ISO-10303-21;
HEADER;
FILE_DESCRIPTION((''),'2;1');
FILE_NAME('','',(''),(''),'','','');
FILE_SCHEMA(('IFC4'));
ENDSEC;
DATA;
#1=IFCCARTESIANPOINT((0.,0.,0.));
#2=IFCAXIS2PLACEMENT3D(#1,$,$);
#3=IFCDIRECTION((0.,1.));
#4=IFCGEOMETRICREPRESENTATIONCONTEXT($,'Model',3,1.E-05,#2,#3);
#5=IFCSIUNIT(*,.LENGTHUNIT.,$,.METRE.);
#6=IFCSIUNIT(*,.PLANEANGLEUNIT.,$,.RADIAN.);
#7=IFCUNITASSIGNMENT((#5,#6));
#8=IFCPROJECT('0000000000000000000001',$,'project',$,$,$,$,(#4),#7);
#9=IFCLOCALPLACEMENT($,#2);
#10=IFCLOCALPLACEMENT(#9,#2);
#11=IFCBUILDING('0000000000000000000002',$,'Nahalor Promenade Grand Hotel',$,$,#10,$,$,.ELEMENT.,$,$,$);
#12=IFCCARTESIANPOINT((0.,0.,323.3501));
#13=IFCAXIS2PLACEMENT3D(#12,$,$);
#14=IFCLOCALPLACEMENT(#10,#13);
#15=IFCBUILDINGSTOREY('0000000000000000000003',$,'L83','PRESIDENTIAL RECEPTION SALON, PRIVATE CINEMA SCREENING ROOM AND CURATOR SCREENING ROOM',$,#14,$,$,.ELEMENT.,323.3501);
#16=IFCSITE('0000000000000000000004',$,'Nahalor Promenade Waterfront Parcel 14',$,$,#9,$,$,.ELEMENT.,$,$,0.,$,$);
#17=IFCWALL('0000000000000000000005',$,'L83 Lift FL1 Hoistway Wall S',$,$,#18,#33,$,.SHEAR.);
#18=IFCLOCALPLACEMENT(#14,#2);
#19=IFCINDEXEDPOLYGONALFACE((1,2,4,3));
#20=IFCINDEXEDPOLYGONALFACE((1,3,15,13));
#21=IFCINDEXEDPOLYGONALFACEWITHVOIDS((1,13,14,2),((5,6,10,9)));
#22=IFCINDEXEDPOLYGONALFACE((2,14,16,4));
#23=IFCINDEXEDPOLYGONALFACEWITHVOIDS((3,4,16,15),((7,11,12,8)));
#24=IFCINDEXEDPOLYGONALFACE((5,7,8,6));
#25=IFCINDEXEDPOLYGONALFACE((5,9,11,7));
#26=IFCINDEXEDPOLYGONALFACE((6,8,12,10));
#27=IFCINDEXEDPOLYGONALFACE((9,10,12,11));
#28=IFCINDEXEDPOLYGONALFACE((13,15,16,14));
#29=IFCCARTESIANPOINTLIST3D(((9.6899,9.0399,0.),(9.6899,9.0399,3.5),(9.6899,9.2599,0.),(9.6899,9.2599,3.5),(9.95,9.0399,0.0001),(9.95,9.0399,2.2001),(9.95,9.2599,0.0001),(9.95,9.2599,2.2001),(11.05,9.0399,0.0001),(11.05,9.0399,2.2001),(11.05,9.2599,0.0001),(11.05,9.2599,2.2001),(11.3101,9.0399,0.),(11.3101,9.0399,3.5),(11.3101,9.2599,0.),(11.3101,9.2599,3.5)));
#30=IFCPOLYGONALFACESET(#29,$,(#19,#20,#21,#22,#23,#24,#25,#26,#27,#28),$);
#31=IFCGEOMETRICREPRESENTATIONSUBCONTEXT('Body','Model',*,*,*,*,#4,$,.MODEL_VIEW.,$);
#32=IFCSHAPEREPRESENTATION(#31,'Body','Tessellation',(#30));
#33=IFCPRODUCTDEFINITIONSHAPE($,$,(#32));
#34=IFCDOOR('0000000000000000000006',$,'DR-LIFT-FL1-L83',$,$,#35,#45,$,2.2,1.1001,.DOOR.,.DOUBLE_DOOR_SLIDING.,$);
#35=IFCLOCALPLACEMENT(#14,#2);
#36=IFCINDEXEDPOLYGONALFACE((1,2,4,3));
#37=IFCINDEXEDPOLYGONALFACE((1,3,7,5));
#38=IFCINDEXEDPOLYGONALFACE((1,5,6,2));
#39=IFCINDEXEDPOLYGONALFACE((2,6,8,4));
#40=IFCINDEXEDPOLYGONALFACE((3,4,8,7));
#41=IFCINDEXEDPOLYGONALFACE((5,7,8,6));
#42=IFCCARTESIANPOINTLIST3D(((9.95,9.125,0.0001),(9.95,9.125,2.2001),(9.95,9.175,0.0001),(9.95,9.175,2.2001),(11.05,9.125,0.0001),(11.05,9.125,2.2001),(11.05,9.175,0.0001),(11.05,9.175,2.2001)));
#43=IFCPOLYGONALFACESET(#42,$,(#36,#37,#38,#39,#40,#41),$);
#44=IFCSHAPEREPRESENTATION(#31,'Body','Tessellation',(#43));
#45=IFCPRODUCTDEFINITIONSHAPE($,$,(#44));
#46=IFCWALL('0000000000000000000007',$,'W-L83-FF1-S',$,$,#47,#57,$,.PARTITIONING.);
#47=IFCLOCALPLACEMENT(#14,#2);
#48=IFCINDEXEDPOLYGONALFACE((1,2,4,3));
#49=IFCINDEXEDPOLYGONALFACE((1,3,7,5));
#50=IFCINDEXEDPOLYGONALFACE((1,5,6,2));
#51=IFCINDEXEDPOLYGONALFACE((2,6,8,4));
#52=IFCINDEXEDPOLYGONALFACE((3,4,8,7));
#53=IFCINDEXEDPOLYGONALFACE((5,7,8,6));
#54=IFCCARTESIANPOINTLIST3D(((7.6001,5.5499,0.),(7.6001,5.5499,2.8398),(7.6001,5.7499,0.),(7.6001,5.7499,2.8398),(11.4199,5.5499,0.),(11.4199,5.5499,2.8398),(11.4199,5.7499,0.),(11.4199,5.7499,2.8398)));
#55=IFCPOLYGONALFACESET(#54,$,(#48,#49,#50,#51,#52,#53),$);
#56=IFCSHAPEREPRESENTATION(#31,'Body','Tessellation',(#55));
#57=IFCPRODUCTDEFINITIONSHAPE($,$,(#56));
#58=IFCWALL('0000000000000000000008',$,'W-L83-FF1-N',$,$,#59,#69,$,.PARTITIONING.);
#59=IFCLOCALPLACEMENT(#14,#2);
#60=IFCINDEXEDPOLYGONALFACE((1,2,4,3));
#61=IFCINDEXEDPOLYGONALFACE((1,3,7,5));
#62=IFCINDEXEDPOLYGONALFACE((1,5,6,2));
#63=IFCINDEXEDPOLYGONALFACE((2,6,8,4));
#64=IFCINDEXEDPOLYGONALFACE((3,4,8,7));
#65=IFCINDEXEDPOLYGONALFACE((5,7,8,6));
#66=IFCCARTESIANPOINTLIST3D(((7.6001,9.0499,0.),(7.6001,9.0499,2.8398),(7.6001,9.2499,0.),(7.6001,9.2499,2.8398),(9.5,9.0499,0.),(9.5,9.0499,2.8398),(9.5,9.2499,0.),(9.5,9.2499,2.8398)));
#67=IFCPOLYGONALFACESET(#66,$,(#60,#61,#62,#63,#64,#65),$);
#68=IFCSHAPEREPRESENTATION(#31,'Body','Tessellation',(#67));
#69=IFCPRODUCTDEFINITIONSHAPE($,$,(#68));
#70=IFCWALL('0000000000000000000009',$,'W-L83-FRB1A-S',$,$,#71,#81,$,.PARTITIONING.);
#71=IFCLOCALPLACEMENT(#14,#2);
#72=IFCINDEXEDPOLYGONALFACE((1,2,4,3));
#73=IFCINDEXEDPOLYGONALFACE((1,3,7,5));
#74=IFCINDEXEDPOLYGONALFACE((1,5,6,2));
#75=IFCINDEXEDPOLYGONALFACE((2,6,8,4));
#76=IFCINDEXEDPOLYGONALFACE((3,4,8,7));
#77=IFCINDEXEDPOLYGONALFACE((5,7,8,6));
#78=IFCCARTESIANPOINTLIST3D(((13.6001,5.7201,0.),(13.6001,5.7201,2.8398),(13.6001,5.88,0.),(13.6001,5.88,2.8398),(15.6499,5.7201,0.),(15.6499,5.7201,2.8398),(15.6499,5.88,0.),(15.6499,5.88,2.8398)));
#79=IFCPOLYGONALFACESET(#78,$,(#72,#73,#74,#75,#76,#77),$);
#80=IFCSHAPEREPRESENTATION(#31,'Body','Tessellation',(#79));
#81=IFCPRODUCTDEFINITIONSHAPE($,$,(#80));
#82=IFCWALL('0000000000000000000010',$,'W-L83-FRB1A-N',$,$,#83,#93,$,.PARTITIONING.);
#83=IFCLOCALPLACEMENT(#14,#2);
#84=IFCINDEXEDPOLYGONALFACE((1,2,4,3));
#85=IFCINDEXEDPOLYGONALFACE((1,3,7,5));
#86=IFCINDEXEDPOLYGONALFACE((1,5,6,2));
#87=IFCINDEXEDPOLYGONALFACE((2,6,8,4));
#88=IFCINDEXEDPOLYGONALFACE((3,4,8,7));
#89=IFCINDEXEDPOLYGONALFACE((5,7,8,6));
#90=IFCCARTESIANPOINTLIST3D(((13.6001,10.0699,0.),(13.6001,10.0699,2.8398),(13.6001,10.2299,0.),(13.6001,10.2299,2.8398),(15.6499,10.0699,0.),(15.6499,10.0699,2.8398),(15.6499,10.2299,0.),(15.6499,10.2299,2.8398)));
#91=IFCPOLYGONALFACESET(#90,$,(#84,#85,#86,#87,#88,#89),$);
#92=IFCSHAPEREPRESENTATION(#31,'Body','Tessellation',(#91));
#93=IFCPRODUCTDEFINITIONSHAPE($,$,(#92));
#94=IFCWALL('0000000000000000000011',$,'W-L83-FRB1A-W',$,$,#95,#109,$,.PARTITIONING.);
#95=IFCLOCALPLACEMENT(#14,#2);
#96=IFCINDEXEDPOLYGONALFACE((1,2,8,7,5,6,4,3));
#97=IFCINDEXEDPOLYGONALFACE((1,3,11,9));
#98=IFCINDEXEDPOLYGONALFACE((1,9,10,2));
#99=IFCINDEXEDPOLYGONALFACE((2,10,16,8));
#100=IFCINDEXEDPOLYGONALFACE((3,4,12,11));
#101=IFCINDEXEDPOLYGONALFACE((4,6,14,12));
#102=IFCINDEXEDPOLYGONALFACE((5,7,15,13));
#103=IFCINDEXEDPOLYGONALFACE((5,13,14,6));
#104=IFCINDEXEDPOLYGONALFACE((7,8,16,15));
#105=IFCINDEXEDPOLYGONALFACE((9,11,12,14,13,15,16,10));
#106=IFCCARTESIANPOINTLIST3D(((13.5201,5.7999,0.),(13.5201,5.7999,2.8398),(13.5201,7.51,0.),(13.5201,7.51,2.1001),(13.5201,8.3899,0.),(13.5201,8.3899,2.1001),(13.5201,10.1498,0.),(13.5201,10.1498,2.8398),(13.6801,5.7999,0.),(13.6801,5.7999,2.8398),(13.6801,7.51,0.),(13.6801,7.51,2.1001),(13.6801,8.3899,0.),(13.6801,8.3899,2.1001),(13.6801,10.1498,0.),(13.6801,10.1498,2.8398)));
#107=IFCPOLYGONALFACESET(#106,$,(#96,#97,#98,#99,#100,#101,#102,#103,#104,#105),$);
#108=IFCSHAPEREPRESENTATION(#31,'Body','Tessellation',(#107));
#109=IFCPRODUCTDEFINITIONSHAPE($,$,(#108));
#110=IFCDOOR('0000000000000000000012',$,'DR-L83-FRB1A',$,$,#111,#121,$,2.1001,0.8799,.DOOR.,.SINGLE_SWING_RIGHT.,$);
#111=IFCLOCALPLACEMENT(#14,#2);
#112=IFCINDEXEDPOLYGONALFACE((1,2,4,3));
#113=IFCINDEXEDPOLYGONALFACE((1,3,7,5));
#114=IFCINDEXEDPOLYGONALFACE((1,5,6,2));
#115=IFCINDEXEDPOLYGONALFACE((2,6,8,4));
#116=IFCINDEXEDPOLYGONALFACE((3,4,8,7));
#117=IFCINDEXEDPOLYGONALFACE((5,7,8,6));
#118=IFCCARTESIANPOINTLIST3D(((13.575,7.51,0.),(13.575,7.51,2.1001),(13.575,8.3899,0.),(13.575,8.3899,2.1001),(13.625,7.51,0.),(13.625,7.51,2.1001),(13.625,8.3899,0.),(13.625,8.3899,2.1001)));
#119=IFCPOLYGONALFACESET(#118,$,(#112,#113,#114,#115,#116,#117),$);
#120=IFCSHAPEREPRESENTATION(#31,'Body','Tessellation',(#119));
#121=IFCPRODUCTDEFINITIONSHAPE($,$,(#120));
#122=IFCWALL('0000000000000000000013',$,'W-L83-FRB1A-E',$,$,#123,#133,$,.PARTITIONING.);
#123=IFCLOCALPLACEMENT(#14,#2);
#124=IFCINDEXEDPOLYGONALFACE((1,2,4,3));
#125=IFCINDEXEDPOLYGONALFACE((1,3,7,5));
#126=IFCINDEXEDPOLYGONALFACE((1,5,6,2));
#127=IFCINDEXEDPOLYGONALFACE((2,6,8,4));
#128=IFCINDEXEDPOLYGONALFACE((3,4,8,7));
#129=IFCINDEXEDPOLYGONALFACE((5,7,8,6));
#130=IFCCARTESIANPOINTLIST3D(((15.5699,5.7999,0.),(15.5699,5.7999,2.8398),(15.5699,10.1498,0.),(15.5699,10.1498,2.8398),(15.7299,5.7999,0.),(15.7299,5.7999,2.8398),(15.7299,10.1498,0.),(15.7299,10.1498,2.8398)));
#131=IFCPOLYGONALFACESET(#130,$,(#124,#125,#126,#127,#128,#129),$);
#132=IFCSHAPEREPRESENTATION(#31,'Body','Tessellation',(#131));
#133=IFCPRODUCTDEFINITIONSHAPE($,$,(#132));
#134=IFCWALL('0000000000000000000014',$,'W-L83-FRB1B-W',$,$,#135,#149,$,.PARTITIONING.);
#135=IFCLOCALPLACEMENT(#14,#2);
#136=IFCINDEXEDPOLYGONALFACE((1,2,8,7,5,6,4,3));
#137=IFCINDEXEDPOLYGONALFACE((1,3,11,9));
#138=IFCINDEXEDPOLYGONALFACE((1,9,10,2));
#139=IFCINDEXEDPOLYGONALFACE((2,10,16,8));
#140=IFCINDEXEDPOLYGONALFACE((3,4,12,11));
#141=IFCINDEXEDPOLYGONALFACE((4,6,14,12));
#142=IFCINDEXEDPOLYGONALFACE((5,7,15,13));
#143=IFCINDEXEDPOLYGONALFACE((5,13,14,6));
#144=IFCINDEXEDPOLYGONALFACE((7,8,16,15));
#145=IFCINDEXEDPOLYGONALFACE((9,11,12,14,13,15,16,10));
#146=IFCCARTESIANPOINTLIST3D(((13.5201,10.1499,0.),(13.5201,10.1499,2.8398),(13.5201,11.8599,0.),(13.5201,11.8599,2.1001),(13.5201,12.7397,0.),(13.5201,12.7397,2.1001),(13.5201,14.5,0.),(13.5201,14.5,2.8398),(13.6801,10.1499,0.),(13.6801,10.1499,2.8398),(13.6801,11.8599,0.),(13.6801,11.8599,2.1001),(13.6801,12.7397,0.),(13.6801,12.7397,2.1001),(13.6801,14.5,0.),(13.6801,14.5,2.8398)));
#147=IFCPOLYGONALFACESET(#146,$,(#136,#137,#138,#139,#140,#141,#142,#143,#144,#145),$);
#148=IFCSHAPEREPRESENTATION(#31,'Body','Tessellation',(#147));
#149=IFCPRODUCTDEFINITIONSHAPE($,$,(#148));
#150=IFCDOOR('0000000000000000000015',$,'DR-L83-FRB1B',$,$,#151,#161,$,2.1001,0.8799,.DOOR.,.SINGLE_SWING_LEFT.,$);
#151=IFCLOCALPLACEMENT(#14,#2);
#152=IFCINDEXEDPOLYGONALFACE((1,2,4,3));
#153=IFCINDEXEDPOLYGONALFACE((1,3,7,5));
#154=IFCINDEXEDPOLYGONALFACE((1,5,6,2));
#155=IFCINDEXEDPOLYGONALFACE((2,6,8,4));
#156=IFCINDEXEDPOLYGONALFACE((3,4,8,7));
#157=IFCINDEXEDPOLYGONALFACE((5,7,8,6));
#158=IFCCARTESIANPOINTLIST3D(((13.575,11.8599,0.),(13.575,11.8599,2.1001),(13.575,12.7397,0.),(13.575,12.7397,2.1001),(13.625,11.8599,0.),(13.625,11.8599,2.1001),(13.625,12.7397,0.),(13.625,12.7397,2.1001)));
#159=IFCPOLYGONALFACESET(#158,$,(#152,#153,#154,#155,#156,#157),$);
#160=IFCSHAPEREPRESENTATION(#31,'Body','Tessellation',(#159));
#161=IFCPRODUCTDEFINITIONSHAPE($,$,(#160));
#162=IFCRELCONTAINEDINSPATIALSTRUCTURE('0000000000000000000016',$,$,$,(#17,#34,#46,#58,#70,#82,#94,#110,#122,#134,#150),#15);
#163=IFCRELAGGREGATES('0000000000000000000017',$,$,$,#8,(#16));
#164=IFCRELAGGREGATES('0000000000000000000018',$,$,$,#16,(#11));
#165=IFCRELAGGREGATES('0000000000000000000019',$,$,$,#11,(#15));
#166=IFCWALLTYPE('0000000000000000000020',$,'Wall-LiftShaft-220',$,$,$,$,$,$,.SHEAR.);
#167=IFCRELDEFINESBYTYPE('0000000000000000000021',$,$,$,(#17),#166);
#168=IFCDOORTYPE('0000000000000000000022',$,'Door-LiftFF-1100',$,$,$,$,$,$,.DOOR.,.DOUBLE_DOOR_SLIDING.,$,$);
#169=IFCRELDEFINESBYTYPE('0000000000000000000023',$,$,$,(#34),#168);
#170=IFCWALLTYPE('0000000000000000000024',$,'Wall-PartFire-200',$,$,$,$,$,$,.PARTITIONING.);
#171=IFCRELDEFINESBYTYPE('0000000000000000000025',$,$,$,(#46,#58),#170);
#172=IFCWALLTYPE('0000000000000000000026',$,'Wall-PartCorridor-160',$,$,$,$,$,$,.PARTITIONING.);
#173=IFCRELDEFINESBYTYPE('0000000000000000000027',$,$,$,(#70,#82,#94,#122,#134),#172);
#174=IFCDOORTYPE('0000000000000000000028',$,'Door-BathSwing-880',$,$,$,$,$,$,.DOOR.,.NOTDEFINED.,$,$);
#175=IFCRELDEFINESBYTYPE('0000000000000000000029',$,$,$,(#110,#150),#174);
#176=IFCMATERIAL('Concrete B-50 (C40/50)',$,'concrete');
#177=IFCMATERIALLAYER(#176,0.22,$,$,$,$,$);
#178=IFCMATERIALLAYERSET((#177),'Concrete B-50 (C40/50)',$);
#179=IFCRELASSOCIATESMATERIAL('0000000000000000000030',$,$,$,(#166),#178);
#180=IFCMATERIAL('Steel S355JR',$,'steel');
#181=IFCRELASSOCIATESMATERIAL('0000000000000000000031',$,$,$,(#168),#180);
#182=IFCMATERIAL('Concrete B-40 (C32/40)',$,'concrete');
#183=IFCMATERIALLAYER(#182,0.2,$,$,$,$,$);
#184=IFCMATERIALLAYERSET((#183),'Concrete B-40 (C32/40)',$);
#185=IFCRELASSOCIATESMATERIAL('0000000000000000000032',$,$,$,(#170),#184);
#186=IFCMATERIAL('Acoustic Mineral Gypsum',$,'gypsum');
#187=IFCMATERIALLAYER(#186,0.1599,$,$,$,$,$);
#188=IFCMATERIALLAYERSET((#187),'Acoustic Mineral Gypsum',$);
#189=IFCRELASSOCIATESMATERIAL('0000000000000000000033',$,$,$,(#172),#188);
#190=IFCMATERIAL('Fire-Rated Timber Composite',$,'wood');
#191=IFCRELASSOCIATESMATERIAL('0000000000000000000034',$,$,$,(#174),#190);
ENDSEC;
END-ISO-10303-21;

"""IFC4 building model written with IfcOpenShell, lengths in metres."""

from ifc_helpers import new_model, si_unit, direction, frame, frame_2d, origin, place, context, subcontext, project, spatial, rectangle, extrude, source, transform, mapped, material, layer, layer_set, type_object, element, fill, save


model = new_model("IFC4")

# Units and contexts
model_context = context("Model", 3, precision=1e-05, world=origin(), true_north=direction((0.0, 1.0)))
body_context = subcontext(model_context, "Body", "Model", "MODEL_VIEW")
ifc_project = project(units=[si_unit("LENGTHUNIT", "METRE"), si_unit("PLANEANGLEUNIT", "RADIAN")], contexts=[model_context])

# Site, building, storey
site_placement = place(None, origin())
site = spatial("IfcSite", under=ifc_project, at=site_placement, Name="Nahalor Promenade Waterfront Parcel 14", CompositionType="ELEMENT", RefElevation=0.0)
building_placement = place(site_placement, origin())
building = spatial("IfcBuilding", under=site, at=building_placement, Name="Nahalor Promenade Grand Hotel", CompositionType="ELEMENT")
storey_placement = place(building_placement, frame((0.0, 0.0, 323.3501)))
storey = spatial("IfcBuildingStorey", under=building, at=storey_placement, Name="L83", Description="PRESIDENTIAL RECEPTION SALON, PRIVATE CINEMA SCREENING ROOM AND CURATOR SCREENING ROOM", CompositionType="ELEMENT", Elevation=323.3501)

# Shared definitions
ifc_material_1 = material(Name="Steel S355JR", Category="steel")

# Shared definitions
ifc_material_2 = material(Name="Concrete B-50 (C40/50)", Category="concrete")

# Shared definitions
ifc_layer_1 = layer(ifc_material_2, 0.22)
ifc_layer_set_1 = layer_set([ifc_layer_1], Name="Concrete B-50 (C40/50)")
wall_type_1 = type_object("IfcWallType", Name="Wall-LiftShaft-220", PredefinedType="SHEAR", material=ifc_layer_set_1)

# Wall, opening, door
shared_shape_1 = source(origin(), body_context, "Body", "SweptSolid", [
    extrude(rectangle(XDim=1.6201, YDim=0.22, at=frame_2d((0.8101, 0.0))), origin(), (0.0, 0.0, 1.0), 3.5),
])
wall_1_placement = place(storey_placement, frame((9.6899, 9.1499, 0.0), z_axis=(0.0, 0.0, 1.0), x_axis=(1.0, 0.0, 0.0)))
wall_1 = element("IfcWall", 1, at=wall_1_placement, inside=storey, type_object=wall_type_1, Name="L83 Lift FL1 Hoistway Wall S", PredefinedType="SHEAR", context=body_context, shape_type="MappedRepresentation", body=[
    mapped(shared_shape_1, transform((0.0, 0.0, 0.0), scale=1.0)),
])
opening_1_placement = place(wall_1_placement, frame((0.26, 0.0, 0.0)))
opening_1 = element("IfcOpeningElement", 2, at=opening_1_placement, cuts=wall_1, PredefinedType="OPENING", context=body_context, shape_type="SweptSolid", body=[
    extrude(rectangle(XDim=1.1001, YDim=2.2, at=frame_2d((0.55, 1.1001))), frame((0.0, 0.1199, 0.0), z_axis=(0.0, -1.0, 0.0), x_axis=(1.0, 0.0, 0.0)), (0.0, 0.0, 1.0), 0.24),
])
door_type_1 = type_object("IfcDoorType", Name="Door-LiftFF-1100", OperationType="DOUBLE_DOOR_SLIDING", PredefinedType="DOOR", material=ifc_material_1)
shared_shape_2 = source(origin(), body_context, "Body", "SweptSolid", [
    extrude(rectangle(XDim=1.1001, YDim=2.2, at=frame_2d((0.55, 1.1001))), frame((0.0, 0.0249, 0.0), z_axis=(0.0, -1.0, 0.0), x_axis=(1.0, 0.0, 0.0)), (0.0, 0.0, 1.0), 0.05),
])
door_1_placement = place(opening_1_placement, frame((1.1001, 0.0, 0.0), z_axis=(0.0, 0.0, 1.0), x_axis=(-1.0, 0.0, 0.0)))
door_1 = element("IfcDoor", 3, at=door_1_placement, inside=storey, type_object=door_type_1, Name="DR-LIFT-FL1-L83", OperationType="DOUBLE_DOOR_SLIDING", OverallHeight=2.2, OverallWidth=1.1001, PredefinedType="DOOR", context=body_context, shape_type="MappedRepresentation", body=[
    mapped(shared_shape_2, transform((0.0, 0.0, 0.0), scale=1.0)),
])
fill(opening_1, door_1)

# Walls
ifc_material_3 = material(Name="Concrete B-40 (C32/40)", Category="concrete")
ifc_layer_2 = layer(ifc_material_3, 0.2)
ifc_layer_set_2 = layer_set([ifc_layer_2], Name="Concrete B-40 (C32/40)")
wall_type_2 = type_object("IfcWallType", Name="Wall-PartFire-200", PredefinedType="PARTITIONING", material=ifc_layer_set_2)
shared_shape_3 = source(origin(), body_context, "Body", "SweptSolid", [
    extrude(rectangle(XDim=3.8198, YDim=0.2, at=frame_2d((1.9099, 0.0))), origin(), (0.0, 0.0, 1.0), 2.8398),
])
wall_2_placement = place(storey_placement, frame((7.6001, 5.6499, 0.0), z_axis=(0.0, 0.0, 1.0), x_axis=(1.0, 0.0, 0.0)))
element("IfcWall", 4, at=wall_2_placement, inside=storey, type_object=wall_type_2, Name="W-L83-FF1-S", PredefinedType="PARTITIONING", context=body_context, shape_type="MappedRepresentation", body=[
    mapped(shared_shape_3, transform((0.0, 0.0, 0.0), scale=1.0)),
])
shared_shape_4 = source(origin(), body_context, "Body", "SweptSolid", [
    extrude(rectangle(XDim=1.8999, YDim=0.2, at=frame_2d((0.95, 0.0))), origin(), (0.0, 0.0, 1.0), 2.8398),
])
wall_3_placement = place(storey_placement, frame((7.6001, 9.1499, 0.0), z_axis=(0.0, 0.0, 1.0), x_axis=(1.0, 0.0, 0.0)))
element("IfcWall", 5, at=wall_3_placement, inside=storey, type_object=wall_type_2, Name="W-L83-FF1-N", PredefinedType="PARTITIONING", context=body_context, shape_type="MappedRepresentation", body=[
    mapped(shared_shape_4, transform((0.0, 0.0, 0.0), scale=1.0)),
])

# Walls
ifc_material_4 = material(Name="Acoustic Mineral Gypsum", Category="gypsum")
ifc_layer_3 = layer(ifc_material_4, 0.1599)
ifc_layer_set_3 = layer_set([ifc_layer_3], Name="Acoustic Mineral Gypsum")
wall_type_3 = type_object("IfcWallType", Name="Wall-PartCorridor-160", PredefinedType="PARTITIONING", material=ifc_layer_set_3)
shared_shape_5 = source(origin(), body_context, "Body", "SweptSolid", [
    extrude(rectangle(XDim=2.0498, YDim=0.1599, at=frame_2d((1.0249, 0.0))), origin(), (0.0, 0.0, 1.0), 2.8398),
])
for number, where, z_axis, x_axis, name in (
    (6, (13.6001, 5.8, 0.0), (0.0, 0.0, 1.0), (1.0, 0.0, 0.0), "W-L83-FRB1A-S"),
    (7, (13.6001, 10.1499, 0.0), (0.0, 0.0, 1.0), (1.0, 0.0, 0.0), "W-L83-FRB1A-N"),
):
    element("IfcWall", number, at=place(storey_placement, frame(where, z_axis=z_axis, x_axis=x_axis)), inside=storey, type_object=wall_type_3, Name=name, PredefinedType="PARTITIONING", context=body_context, shape_type="MappedRepresentation", body=[
        mapped(shared_shape_5, transform((0.0, 0.0, 0.0), scale=1.0)),
    ])

# Wall, opening, door
shared_shape_6 = source(origin(), body_context, "Body", "SweptSolid", [
    extrude(rectangle(XDim=4.3499, YDim=0.1599, at=frame_2d((2.1748, 0.0))), origin(), (0.0, 0.0, 1.0), 2.8398),
])
wall_4_placement = place(storey_placement, frame((13.6001, 5.8, 0.0), z_axis=(0.0, 0.0, 1.0), x_axis=(0.0, 1.0, 0.0)))
wall_4 = element("IfcWall", 8, at=wall_4_placement, inside=storey, type_object=wall_type_3, Name="W-L83-FRB1A-W", PredefinedType="PARTITIONING", context=body_context, shape_type="MappedRepresentation", body=[
    mapped(shared_shape_6, transform((0.0, 0.0, 0.0), scale=1.0)),
])
opening_2_placement = place(wall_4_placement, frame((1.71, 0.0, 0.0)))
opening_2 = element("IfcOpeningElement", 9, at=opening_2_placement, cuts=wall_4, PredefinedType="OPENING", context=body_context, shape_type="SweptSolid", body=[
    extrude(rectangle(XDim=0.8799, YDim=2.1001, at=frame_2d((0.4399, 1.05))), frame((0.0, 0.0898, 0.0), z_axis=(0.0, -1.0, 0.0), x_axis=(1.0, 0.0, 0.0)), (0.0, 0.0, 1.0), 0.1799),
])
ifc_material_5 = material(Name="Fire-Rated Timber Composite", Category="wood")
door_type_2 = type_object("IfcDoorType", Name="Door-BathSwing-880", OperationType="NOTDEFINED", PredefinedType="DOOR", material=ifc_material_5)
shared_shape_7 = source(origin(), body_context, "Body", "SweptSolid", [
    extrude(rectangle(XDim=0.8799, YDim=2.1001, at=frame_2d((0.4399, 1.05))), frame((0.0, 0.0249, 0.0), z_axis=(0.0, -1.0, 0.0), x_axis=(1.0, 0.0, 0.0)), (0.0, 0.0, 1.0), 0.05),
])
door_2_placement = place(opening_2_placement, frame((0.8799, 0.0, 0.0), z_axis=(0.0, 0.0, 1.0), x_axis=(-1.0, 0.0, 0.0)))
door_2 = element("IfcDoor", 10, at=door_2_placement, inside=storey, type_object=door_type_2, Name="DR-L83-FRB1A", OperationType="SINGLE_SWING_RIGHT", OverallHeight=2.1001, OverallWidth=0.8799, PredefinedType="DOOR", context=body_context, shape_type="MappedRepresentation", body=[
    mapped(shared_shape_7, transform((0.0, 0.0, 0.0), scale=1.0)),
])
fill(opening_2, door_2)

# Wall
wall_5_placement = place(storey_placement, frame((15.6499, 5.8, 0.0), z_axis=(0.0, 0.0, 1.0), x_axis=(0.0, 1.0, 0.0)))
element("IfcWall", 11, at=wall_5_placement, inside=storey, type_object=wall_type_3, Name="W-L83-FRB1A-E", PredefinedType="PARTITIONING", context=body_context, shape_type="MappedRepresentation", body=[
    mapped(shared_shape_6, transform((0.0, 0.0, 0.0), scale=1.0)),
])

# Wall, opening, door
shared_shape_8 = source(origin(), body_context, "Body", "SweptSolid", [
    extrude(rectangle(XDim=4.3501, YDim=0.1599, at=frame_2d((2.175, 0.0))), origin(), (0.0, 0.0, 1.0), 2.8398),
])
wall_6_placement = place(storey_placement, frame((13.6001, 10.1499, 0.0), z_axis=(0.0, 0.0, 1.0), x_axis=(0.0, 1.0, 0.0)))
wall_6 = element("IfcWall", 12, at=wall_6_placement, inside=storey, type_object=wall_type_3, Name="W-L83-FRB1B-W", PredefinedType="PARTITIONING", context=body_context, shape_type="MappedRepresentation", body=[
    mapped(shared_shape_8, transform((0.0, 0.0, 0.0), scale=1.0)),
])
opening_3_placement = place(wall_6_placement, frame((1.71, 0.0, 0.0)))
opening_3 = element("IfcOpeningElement", 13, at=opening_3_placement, cuts=wall_6, PredefinedType="OPENING", context=body_context, shape_type="SweptSolid", body=[
    extrude(rectangle(XDim=0.8799, YDim=2.1001, at=frame_2d((0.4399, 1.05))), frame((0.0, 0.0898, 0.0), z_axis=(0.0, -1.0, 0.0), x_axis=(1.0, 0.0, 0.0)), (0.0, 0.0, 1.0), 0.1799),
])
door_3_placement = place(opening_3_placement, frame((0.8799, 0.0, 0.0), z_axis=(0.0, 0.0, 1.0), x_axis=(-1.0, 0.0, 0.0)))
door_3 = element("IfcDoor", 14, at=door_3_placement, inside=storey, type_object=door_type_2, Name="DR-L83-FRB1B", OperationType="SINGLE_SWING_LEFT", OverallHeight=2.1001, OverallWidth=0.8799, PredefinedType="DOOR", context=body_context, shape_type="MappedRepresentation", body=[
    mapped(shared_shape_7, transform((0.0, 0.0, 0.0), scale=1.0)),
])
fill(opening_3, door_3)

save(model, "model.ifc")
